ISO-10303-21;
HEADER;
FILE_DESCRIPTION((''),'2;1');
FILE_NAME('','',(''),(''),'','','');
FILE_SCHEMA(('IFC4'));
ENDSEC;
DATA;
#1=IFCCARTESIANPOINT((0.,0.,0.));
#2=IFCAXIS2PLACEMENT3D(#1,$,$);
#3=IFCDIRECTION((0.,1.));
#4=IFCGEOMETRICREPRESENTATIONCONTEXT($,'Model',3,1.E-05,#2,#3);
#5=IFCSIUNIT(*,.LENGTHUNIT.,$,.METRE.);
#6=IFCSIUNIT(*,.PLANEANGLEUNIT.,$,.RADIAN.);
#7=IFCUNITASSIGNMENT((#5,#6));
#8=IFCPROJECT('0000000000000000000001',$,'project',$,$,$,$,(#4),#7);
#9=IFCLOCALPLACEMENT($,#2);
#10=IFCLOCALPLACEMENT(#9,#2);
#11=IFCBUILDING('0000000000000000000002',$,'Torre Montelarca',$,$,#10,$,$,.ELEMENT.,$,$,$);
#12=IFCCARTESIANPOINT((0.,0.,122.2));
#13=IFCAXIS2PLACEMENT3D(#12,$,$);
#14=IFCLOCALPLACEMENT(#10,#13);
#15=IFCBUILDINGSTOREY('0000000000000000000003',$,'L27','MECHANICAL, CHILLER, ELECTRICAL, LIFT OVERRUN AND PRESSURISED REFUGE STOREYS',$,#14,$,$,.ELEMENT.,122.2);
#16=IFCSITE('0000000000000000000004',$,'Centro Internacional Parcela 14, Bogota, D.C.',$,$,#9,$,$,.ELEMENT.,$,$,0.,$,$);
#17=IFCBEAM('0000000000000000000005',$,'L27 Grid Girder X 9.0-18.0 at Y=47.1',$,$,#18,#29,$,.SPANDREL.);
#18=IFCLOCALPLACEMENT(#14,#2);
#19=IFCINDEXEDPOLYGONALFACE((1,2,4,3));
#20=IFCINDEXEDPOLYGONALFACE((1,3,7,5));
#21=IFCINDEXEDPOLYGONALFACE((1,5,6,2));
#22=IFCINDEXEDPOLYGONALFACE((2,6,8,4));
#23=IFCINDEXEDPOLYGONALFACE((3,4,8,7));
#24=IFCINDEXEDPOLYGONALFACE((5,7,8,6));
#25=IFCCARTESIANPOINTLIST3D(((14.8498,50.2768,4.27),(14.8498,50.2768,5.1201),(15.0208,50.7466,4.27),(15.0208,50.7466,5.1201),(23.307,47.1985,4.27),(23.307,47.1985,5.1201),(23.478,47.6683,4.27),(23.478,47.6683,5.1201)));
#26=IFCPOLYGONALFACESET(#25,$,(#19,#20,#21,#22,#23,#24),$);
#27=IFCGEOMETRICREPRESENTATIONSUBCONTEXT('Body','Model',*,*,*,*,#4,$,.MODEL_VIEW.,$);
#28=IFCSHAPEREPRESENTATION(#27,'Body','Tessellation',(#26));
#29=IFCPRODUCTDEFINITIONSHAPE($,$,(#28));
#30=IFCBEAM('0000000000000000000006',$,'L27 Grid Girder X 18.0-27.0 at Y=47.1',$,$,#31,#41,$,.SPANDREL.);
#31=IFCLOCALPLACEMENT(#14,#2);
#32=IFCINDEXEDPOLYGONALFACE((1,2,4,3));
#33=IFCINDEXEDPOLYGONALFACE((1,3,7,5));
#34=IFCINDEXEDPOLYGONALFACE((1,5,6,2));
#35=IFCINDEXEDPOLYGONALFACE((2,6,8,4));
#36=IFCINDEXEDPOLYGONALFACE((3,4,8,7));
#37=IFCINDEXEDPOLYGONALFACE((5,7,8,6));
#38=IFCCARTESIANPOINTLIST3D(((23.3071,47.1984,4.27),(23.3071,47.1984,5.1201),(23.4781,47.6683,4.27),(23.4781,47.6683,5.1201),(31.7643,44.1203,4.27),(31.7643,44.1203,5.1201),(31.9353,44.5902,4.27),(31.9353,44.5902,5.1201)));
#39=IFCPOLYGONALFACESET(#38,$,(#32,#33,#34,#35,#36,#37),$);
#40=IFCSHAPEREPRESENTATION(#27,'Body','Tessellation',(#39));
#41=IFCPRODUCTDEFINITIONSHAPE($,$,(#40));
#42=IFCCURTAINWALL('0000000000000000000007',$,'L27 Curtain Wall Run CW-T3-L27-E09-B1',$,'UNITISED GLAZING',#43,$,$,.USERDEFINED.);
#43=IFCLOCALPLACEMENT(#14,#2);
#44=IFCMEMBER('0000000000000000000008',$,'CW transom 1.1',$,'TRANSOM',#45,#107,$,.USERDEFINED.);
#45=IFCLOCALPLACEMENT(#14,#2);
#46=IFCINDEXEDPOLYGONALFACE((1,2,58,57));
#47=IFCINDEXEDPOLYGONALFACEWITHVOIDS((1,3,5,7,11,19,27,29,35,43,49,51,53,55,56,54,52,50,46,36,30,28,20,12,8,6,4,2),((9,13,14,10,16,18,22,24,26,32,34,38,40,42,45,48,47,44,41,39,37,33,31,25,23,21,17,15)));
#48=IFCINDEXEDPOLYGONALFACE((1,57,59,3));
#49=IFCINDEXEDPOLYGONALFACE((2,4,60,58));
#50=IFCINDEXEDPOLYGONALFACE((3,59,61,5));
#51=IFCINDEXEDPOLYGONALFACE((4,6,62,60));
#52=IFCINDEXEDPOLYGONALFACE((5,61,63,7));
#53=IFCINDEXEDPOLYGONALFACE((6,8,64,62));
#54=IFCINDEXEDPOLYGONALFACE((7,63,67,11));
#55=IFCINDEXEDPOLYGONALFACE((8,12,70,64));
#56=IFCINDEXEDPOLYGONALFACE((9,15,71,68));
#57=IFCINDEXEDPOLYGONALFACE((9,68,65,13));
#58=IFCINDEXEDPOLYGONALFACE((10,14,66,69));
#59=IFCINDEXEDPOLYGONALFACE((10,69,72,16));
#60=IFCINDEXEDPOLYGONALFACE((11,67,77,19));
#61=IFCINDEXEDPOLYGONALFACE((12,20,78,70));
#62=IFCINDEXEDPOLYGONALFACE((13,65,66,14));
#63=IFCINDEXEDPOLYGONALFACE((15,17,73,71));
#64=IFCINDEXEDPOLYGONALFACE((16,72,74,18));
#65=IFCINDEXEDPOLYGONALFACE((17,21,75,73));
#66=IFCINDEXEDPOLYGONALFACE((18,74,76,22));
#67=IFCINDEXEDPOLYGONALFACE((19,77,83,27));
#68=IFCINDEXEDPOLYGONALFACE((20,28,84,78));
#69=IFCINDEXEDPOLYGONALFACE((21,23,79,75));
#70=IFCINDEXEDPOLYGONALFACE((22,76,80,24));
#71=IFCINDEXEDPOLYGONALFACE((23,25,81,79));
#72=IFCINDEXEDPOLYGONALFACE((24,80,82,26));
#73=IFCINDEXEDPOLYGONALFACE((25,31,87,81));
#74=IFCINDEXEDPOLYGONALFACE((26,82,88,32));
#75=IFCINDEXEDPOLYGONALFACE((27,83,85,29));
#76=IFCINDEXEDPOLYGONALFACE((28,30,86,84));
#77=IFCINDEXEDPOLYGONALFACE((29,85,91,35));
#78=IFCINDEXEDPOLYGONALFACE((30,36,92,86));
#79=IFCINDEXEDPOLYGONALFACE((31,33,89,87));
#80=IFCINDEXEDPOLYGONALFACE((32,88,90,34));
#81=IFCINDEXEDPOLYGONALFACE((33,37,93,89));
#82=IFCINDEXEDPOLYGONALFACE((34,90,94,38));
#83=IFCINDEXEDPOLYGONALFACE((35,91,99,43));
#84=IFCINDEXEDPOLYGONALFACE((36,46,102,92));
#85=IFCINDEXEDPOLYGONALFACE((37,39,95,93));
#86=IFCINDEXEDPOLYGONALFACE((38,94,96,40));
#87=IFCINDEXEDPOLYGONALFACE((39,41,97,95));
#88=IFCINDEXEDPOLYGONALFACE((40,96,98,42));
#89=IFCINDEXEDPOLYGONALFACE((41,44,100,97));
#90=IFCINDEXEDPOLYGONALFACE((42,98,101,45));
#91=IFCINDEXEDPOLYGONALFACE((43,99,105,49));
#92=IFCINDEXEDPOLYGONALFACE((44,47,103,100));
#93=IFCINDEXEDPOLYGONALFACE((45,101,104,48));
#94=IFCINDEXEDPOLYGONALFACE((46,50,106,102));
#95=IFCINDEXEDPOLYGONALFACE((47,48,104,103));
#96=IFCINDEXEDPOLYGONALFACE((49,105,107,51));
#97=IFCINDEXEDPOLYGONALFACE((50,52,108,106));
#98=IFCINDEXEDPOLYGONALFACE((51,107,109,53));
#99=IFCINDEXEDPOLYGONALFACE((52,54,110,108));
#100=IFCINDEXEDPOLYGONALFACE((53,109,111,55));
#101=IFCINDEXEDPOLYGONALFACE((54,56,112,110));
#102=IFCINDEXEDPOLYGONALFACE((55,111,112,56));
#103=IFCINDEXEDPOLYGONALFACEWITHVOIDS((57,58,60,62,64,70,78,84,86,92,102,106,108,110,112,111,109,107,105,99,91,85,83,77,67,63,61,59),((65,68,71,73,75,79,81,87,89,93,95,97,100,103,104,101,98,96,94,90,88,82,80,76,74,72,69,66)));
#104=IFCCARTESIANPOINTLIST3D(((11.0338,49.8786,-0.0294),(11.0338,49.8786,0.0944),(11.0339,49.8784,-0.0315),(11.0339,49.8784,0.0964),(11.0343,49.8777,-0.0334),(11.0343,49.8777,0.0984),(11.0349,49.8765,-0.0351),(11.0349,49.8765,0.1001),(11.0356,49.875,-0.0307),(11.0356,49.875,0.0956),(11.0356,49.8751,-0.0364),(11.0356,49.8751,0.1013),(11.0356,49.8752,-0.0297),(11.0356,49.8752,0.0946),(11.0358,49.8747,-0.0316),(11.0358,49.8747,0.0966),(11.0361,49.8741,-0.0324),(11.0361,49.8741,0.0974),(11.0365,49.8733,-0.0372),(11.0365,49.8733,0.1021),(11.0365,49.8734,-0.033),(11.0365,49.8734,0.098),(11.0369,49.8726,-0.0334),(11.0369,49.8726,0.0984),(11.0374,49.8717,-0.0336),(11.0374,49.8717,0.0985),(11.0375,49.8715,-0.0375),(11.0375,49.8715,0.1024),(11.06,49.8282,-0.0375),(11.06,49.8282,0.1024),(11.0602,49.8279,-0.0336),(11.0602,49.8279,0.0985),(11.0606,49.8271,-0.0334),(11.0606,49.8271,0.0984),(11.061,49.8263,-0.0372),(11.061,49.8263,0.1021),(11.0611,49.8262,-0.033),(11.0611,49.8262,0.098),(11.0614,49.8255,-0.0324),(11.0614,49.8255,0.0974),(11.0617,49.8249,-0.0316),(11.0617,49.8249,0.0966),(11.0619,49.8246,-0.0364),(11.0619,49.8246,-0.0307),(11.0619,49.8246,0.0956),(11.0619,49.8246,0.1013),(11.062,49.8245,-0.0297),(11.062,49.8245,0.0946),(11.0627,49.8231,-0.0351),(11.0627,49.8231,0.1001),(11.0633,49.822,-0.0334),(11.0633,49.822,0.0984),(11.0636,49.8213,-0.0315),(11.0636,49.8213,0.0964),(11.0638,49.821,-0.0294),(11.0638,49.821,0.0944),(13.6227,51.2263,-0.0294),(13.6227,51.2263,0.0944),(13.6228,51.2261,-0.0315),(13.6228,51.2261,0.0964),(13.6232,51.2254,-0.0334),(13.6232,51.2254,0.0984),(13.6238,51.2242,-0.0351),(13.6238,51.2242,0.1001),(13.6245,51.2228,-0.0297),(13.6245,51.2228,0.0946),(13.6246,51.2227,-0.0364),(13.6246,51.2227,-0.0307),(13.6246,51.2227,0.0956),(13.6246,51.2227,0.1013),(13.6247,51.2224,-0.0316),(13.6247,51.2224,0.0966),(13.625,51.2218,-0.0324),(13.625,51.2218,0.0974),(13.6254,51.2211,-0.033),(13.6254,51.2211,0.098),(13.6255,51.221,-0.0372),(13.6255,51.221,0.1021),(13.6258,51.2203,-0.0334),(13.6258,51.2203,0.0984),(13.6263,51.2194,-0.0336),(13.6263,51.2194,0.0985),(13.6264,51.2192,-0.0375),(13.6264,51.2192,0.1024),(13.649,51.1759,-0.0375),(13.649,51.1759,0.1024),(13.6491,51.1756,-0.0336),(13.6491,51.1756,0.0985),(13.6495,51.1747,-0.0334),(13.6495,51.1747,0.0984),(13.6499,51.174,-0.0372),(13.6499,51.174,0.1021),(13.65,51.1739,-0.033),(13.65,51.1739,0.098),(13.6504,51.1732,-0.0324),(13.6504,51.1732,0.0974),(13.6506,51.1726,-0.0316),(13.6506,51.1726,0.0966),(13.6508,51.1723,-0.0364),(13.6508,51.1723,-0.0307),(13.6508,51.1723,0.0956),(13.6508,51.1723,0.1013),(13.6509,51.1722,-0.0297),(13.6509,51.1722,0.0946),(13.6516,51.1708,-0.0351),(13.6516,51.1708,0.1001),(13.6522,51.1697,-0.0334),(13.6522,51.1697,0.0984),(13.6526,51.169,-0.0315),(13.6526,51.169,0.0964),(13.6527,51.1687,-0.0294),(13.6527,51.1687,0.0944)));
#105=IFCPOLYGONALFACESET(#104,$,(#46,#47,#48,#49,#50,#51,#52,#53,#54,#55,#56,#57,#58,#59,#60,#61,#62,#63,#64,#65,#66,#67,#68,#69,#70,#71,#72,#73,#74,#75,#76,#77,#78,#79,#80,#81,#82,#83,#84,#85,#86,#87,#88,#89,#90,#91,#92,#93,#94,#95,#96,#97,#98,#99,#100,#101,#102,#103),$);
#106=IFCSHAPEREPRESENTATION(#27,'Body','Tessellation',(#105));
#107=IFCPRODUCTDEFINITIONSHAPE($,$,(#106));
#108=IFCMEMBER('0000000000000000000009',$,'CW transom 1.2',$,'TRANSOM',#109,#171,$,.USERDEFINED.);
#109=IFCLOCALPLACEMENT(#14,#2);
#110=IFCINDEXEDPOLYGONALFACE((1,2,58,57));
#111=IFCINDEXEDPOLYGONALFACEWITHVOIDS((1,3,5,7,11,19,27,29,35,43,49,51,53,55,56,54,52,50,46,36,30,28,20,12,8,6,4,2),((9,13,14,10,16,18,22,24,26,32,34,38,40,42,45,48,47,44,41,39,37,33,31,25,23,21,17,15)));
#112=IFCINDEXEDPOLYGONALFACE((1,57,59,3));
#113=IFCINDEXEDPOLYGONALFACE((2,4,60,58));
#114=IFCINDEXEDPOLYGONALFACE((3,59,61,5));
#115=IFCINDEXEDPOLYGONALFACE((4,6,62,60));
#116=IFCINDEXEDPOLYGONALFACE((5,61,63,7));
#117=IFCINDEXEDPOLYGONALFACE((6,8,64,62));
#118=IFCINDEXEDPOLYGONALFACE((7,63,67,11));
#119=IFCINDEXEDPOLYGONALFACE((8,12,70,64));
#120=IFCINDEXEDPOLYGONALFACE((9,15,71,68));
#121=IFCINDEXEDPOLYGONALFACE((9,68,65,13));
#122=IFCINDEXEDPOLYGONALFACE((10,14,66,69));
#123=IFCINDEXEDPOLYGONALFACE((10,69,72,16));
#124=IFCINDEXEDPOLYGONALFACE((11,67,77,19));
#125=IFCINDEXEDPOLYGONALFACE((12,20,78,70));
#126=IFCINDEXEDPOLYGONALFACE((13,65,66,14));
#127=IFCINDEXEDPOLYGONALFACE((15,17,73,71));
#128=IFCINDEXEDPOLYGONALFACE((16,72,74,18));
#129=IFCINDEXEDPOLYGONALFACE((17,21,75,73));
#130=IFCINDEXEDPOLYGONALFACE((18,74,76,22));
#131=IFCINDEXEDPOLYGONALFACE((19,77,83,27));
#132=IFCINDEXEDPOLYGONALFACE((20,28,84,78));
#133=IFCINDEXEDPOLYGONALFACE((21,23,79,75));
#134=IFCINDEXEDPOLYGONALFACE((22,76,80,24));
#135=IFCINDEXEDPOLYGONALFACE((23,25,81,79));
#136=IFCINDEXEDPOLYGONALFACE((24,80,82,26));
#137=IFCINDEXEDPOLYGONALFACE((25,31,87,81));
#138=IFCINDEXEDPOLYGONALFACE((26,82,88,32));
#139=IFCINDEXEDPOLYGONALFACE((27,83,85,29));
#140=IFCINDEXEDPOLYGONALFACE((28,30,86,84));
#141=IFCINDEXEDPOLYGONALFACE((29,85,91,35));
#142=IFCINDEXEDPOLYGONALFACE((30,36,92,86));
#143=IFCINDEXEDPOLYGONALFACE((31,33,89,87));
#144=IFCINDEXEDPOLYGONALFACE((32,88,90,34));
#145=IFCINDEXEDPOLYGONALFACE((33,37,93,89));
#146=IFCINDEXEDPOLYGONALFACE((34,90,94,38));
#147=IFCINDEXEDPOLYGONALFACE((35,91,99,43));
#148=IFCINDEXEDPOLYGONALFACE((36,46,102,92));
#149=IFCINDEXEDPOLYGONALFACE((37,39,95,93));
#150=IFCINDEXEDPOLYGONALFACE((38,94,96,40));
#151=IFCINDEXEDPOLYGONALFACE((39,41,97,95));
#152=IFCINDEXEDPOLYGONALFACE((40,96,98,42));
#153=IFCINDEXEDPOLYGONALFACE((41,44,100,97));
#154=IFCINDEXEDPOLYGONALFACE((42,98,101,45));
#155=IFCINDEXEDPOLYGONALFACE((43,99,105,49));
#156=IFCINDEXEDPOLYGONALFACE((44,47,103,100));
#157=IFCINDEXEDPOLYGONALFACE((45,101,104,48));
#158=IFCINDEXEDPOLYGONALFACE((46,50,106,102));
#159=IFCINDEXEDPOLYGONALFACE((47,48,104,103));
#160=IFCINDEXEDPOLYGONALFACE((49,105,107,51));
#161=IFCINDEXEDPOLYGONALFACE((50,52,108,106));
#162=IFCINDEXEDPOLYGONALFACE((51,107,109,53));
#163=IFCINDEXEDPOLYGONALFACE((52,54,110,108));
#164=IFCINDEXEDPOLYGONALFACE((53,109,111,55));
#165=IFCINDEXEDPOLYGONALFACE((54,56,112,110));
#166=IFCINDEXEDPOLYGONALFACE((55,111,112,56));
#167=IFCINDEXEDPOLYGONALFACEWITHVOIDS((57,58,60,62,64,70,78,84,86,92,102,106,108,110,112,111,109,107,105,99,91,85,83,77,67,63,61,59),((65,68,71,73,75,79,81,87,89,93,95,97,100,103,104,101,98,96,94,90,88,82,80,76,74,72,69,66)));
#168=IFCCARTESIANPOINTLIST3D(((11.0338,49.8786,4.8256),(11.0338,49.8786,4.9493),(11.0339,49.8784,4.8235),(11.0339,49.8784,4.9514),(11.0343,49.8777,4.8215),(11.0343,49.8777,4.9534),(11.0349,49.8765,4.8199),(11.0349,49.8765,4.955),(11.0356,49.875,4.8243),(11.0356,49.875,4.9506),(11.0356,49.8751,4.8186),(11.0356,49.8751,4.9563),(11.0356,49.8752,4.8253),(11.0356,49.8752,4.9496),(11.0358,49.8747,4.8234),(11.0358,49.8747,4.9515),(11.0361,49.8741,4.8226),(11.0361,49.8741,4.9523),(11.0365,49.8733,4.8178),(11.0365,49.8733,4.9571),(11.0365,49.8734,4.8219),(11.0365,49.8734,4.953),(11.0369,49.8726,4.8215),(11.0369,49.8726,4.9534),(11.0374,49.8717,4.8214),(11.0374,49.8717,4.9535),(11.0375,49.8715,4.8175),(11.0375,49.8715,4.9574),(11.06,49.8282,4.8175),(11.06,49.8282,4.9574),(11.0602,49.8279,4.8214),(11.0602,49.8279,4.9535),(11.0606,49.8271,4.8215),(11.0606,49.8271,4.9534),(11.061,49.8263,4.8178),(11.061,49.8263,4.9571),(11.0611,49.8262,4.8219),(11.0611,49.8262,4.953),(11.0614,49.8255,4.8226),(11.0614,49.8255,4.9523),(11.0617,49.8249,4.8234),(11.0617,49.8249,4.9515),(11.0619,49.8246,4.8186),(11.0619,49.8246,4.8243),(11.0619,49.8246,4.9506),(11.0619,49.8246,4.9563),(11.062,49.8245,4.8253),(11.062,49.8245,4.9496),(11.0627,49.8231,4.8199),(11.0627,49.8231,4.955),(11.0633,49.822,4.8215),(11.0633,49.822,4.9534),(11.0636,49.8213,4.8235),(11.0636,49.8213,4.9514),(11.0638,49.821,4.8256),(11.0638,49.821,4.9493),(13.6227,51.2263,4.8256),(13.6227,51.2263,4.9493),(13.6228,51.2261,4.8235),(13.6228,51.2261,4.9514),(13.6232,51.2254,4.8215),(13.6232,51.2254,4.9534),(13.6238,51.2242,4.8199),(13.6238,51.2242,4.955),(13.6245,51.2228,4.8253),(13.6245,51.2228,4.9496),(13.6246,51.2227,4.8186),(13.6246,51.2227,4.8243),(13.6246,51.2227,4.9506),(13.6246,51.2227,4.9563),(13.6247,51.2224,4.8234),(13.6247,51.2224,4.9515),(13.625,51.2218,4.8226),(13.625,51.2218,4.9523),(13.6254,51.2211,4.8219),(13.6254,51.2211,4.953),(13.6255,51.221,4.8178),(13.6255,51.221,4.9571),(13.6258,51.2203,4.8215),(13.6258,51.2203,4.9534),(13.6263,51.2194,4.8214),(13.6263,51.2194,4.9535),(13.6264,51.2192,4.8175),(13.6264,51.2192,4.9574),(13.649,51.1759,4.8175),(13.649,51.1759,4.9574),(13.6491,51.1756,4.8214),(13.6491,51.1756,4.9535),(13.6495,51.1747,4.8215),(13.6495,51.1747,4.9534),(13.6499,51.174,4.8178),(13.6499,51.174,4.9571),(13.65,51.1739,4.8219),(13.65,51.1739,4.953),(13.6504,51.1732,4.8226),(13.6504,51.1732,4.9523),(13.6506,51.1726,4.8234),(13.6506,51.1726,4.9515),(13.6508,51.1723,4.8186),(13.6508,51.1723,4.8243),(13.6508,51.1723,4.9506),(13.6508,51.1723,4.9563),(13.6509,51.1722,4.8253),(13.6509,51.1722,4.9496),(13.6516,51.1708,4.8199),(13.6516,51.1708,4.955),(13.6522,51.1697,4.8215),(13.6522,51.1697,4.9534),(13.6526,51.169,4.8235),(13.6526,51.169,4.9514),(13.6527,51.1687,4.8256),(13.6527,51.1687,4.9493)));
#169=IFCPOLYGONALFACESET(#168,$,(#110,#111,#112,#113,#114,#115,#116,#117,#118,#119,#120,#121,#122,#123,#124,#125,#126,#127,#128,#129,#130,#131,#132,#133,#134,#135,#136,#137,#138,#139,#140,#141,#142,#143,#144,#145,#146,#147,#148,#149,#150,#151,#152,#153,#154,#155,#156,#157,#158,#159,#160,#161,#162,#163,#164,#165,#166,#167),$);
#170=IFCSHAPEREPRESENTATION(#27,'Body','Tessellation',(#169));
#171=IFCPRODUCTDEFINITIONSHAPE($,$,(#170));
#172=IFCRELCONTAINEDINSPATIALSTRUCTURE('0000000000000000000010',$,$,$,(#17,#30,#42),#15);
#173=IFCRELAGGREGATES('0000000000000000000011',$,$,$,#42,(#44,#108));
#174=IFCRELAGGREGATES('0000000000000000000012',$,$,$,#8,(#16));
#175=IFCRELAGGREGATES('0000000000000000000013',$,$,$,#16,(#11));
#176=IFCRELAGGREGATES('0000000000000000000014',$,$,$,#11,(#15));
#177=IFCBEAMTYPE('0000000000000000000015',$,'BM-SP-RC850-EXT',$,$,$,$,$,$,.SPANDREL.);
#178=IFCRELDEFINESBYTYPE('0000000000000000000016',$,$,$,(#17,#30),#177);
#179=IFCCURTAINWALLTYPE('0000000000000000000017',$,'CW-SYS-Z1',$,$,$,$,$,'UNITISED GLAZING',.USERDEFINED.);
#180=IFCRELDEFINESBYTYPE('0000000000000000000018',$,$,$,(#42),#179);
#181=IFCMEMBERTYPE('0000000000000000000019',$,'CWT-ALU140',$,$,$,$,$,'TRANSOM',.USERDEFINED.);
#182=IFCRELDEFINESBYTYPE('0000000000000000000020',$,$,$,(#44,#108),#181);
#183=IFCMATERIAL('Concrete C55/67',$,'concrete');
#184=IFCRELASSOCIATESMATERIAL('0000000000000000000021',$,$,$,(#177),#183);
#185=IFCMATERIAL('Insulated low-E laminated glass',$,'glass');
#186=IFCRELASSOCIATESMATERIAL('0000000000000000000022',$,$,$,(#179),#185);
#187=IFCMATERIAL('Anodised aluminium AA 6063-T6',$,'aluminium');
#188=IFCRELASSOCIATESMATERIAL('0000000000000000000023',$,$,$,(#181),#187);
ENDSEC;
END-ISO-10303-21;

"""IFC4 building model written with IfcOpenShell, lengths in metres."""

from ifc_helpers import new_model, si_unit, direction, frame, origin, origin_2d, place, context, subcontext, project, spatial, rectangle, hollow_rectangle, extrude, source, transform, mapped, material, material_profile, profile_set, type_object, element, aggregate, save


model = new_model("IFC4")

# Units and contexts
model_context = context("Model", 3, precision=1e-05, world=origin(), true_north=direction((0.0, 1.0)))
body_context = subcontext(model_context, "Body", "Model", "MODEL_VIEW")
ifc_project = project(units=[si_unit("LENGTHUNIT", "METRE"), si_unit("PLANEANGLEUNIT", "RADIAN")], contexts=[model_context])

# Site, building, storey
site_placement = place(None, origin())
site = spatial("IfcSite", under=ifc_project, at=site_placement, Name="Centro Internacional Parcela 14, Bogota, D.C.", CompositionType="ELEMENT", RefElevation=0.0)
building_placement = place(site_placement, origin())
building = spatial("IfcBuilding", under=site, at=building_placement, Name="Torre Montelarca", CompositionType="ELEMENT")
storey_placement = place(building_placement, frame((0.0, 0.0, 122.2)))
storey = spatial("IfcBuildingStorey", under=building, at=storey_placement, Name="L27", Description="MECHANICAL, CHILLER, ELECTRICAL, LIFT OVERRUN AND PRESSURISED REFUGE STOREYS", CompositionType="ELEMENT", Elevation=122.2)

# Beams
ifc_material_1 = material(Name="Concrete C55/67", Category="concrete")
ifc_material_profile_1 = material_profile(ifc_material_1, rectangle(XDim=0.5, YDim=0.8501, at=origin_2d()), Name="RCB500X850", Category="concrete")
ifc_profile_set_1 = profile_set([ifc_material_profile_1], Name="Concrete C55/67")
beam_type = type_object("IfcBeamType", Name="BM-SP-RC850-EXT", PredefinedType="SPANDREL", material=ifc_profile_set_1)
shared_shape_1 = source(origin(), body_context, "Body", "SweptSolid", [
    extrude(rectangle(XDim=0.5, YDim=0.8501, at=origin_2d()), origin(), (0.0, 0.0, 1.0), 9.0),
])
for number, where, z_axis, x_axis, name in (
    (1, (14.9353, 50.5117, 4.6951), (0.939686, -0.342037, 0.0), (0.342037, 0.939686, 0.0), "L27 Grid Girder X 9.0-18.0 at Y=47.1"),
    (2, (23.3926, 47.4333, 4.6951), (0.939695, -0.342013, 0.0), (0.342013, 0.939695, 0.0), "L27 Grid Girder X 18.0-27.0 at Y=47.1"),
):
    element("IfcBeam", number, at=place(storey_placement, frame(where, z_axis=z_axis, x_axis=x_axis)), inside=storey, type_object=beam_type, Name=name, PredefinedType="SPANDREL", context=body_context, shape_type="MappedRepresentation", body=[
        mapped(shared_shape_1, transform((0.0, 0.0, 0.0), scale=1.0)),
    ])

# Curtain wall, members
ifc_material_2 = material(Name="Insulated low-E laminated glass", Category="glass")
curtain_wall_type = type_object("IfcCurtainWallType", Name="CW-SYS-Z1", ElementType="UNITISED GLAZING", PredefinedType="USERDEFINED", material=ifc_material_2)
curtain_wall_1_placement = place(storey_placement, origin())
curtain_wall_1 = element("IfcCurtainWall", 3, at=curtain_wall_1_placement, inside=storey, type_object=curtain_wall_type, Name="L27 Curtain Wall Run CW-T3-L27-E09-B1", ObjectType="UNITISED GLAZING", PredefinedType="USERDEFINED")
ifc_material_3 = material(Name="Anodised aluminium AA 6063-T6", Category="aluminium")
ifc_material_profile_2 = material_profile(ifc_material_3, hollow_rectangle(XDim=0.0649, YDim=0.1399, WallThickness=0.0039, InnerFilletRadius=0.0039, OuterFilletRadius=0.0081, at=origin_2d()), Name="ALU65X140X4", Category="aluminium")
ifc_profile_set_2 = profile_set([ifc_material_profile_2], Name="Anodised aluminium AA 6063-T6")
member_type_1 = type_object("IfcMemberType", Name="CWT-ALU140", ElementType="TRANSOM", PredefinedType="USERDEFINED", material=ifc_profile_set_2)
shared_shape_2 = source(origin(), body_context, "Body", "SweptSolid", [
    extrude(hollow_rectangle(XDim=0.0649, YDim=0.1399, WallThickness=0.0039, InnerFilletRadius=0.0039, OuterFilletRadius=0.0081, at=origin_2d()), origin(), (0.0, 0.0, 1.0), 2.9187),
])
member_1_placement = place(storey_placement, frame((13.6377, 51.1975, 0.0325), z_axis=(-0.887014, -0.461742, 0.0), x_axis=(0.461742, -0.887014, 0.0)))
member_1 = element("IfcMember", 4, at=member_1_placement, type_object=member_type_1, Name="CW transom 1.1", ObjectType="TRANSOM", PredefinedType="USERDEFINED", context=body_context, shape_type="MappedRepresentation", body=[
    mapped(shared_shape_2, transform((0.0, 0.0, 0.0), scale=1.0)),
])
member_2_placement = place(storey_placement, frame((13.6377, 51.1975, 4.8875), z_axis=(-0.887014, -0.461742, 0.0), x_axis=(0.461742, -0.887014, 0.0)))
member_2 = element("IfcMember", 5, at=member_2_placement, type_object=member_type_1, Name="CW transom 1.2", ObjectType="TRANSOM", PredefinedType="USERDEFINED", context=body_context, shape_type="MappedRepresentation", body=[
    mapped(shared_shape_2, transform((0.0, 0.0, 0.0), scale=1.0)),
])

aggregate(curtain_wall_1, [member_1, member_2])

save(model, "model.ifc")
